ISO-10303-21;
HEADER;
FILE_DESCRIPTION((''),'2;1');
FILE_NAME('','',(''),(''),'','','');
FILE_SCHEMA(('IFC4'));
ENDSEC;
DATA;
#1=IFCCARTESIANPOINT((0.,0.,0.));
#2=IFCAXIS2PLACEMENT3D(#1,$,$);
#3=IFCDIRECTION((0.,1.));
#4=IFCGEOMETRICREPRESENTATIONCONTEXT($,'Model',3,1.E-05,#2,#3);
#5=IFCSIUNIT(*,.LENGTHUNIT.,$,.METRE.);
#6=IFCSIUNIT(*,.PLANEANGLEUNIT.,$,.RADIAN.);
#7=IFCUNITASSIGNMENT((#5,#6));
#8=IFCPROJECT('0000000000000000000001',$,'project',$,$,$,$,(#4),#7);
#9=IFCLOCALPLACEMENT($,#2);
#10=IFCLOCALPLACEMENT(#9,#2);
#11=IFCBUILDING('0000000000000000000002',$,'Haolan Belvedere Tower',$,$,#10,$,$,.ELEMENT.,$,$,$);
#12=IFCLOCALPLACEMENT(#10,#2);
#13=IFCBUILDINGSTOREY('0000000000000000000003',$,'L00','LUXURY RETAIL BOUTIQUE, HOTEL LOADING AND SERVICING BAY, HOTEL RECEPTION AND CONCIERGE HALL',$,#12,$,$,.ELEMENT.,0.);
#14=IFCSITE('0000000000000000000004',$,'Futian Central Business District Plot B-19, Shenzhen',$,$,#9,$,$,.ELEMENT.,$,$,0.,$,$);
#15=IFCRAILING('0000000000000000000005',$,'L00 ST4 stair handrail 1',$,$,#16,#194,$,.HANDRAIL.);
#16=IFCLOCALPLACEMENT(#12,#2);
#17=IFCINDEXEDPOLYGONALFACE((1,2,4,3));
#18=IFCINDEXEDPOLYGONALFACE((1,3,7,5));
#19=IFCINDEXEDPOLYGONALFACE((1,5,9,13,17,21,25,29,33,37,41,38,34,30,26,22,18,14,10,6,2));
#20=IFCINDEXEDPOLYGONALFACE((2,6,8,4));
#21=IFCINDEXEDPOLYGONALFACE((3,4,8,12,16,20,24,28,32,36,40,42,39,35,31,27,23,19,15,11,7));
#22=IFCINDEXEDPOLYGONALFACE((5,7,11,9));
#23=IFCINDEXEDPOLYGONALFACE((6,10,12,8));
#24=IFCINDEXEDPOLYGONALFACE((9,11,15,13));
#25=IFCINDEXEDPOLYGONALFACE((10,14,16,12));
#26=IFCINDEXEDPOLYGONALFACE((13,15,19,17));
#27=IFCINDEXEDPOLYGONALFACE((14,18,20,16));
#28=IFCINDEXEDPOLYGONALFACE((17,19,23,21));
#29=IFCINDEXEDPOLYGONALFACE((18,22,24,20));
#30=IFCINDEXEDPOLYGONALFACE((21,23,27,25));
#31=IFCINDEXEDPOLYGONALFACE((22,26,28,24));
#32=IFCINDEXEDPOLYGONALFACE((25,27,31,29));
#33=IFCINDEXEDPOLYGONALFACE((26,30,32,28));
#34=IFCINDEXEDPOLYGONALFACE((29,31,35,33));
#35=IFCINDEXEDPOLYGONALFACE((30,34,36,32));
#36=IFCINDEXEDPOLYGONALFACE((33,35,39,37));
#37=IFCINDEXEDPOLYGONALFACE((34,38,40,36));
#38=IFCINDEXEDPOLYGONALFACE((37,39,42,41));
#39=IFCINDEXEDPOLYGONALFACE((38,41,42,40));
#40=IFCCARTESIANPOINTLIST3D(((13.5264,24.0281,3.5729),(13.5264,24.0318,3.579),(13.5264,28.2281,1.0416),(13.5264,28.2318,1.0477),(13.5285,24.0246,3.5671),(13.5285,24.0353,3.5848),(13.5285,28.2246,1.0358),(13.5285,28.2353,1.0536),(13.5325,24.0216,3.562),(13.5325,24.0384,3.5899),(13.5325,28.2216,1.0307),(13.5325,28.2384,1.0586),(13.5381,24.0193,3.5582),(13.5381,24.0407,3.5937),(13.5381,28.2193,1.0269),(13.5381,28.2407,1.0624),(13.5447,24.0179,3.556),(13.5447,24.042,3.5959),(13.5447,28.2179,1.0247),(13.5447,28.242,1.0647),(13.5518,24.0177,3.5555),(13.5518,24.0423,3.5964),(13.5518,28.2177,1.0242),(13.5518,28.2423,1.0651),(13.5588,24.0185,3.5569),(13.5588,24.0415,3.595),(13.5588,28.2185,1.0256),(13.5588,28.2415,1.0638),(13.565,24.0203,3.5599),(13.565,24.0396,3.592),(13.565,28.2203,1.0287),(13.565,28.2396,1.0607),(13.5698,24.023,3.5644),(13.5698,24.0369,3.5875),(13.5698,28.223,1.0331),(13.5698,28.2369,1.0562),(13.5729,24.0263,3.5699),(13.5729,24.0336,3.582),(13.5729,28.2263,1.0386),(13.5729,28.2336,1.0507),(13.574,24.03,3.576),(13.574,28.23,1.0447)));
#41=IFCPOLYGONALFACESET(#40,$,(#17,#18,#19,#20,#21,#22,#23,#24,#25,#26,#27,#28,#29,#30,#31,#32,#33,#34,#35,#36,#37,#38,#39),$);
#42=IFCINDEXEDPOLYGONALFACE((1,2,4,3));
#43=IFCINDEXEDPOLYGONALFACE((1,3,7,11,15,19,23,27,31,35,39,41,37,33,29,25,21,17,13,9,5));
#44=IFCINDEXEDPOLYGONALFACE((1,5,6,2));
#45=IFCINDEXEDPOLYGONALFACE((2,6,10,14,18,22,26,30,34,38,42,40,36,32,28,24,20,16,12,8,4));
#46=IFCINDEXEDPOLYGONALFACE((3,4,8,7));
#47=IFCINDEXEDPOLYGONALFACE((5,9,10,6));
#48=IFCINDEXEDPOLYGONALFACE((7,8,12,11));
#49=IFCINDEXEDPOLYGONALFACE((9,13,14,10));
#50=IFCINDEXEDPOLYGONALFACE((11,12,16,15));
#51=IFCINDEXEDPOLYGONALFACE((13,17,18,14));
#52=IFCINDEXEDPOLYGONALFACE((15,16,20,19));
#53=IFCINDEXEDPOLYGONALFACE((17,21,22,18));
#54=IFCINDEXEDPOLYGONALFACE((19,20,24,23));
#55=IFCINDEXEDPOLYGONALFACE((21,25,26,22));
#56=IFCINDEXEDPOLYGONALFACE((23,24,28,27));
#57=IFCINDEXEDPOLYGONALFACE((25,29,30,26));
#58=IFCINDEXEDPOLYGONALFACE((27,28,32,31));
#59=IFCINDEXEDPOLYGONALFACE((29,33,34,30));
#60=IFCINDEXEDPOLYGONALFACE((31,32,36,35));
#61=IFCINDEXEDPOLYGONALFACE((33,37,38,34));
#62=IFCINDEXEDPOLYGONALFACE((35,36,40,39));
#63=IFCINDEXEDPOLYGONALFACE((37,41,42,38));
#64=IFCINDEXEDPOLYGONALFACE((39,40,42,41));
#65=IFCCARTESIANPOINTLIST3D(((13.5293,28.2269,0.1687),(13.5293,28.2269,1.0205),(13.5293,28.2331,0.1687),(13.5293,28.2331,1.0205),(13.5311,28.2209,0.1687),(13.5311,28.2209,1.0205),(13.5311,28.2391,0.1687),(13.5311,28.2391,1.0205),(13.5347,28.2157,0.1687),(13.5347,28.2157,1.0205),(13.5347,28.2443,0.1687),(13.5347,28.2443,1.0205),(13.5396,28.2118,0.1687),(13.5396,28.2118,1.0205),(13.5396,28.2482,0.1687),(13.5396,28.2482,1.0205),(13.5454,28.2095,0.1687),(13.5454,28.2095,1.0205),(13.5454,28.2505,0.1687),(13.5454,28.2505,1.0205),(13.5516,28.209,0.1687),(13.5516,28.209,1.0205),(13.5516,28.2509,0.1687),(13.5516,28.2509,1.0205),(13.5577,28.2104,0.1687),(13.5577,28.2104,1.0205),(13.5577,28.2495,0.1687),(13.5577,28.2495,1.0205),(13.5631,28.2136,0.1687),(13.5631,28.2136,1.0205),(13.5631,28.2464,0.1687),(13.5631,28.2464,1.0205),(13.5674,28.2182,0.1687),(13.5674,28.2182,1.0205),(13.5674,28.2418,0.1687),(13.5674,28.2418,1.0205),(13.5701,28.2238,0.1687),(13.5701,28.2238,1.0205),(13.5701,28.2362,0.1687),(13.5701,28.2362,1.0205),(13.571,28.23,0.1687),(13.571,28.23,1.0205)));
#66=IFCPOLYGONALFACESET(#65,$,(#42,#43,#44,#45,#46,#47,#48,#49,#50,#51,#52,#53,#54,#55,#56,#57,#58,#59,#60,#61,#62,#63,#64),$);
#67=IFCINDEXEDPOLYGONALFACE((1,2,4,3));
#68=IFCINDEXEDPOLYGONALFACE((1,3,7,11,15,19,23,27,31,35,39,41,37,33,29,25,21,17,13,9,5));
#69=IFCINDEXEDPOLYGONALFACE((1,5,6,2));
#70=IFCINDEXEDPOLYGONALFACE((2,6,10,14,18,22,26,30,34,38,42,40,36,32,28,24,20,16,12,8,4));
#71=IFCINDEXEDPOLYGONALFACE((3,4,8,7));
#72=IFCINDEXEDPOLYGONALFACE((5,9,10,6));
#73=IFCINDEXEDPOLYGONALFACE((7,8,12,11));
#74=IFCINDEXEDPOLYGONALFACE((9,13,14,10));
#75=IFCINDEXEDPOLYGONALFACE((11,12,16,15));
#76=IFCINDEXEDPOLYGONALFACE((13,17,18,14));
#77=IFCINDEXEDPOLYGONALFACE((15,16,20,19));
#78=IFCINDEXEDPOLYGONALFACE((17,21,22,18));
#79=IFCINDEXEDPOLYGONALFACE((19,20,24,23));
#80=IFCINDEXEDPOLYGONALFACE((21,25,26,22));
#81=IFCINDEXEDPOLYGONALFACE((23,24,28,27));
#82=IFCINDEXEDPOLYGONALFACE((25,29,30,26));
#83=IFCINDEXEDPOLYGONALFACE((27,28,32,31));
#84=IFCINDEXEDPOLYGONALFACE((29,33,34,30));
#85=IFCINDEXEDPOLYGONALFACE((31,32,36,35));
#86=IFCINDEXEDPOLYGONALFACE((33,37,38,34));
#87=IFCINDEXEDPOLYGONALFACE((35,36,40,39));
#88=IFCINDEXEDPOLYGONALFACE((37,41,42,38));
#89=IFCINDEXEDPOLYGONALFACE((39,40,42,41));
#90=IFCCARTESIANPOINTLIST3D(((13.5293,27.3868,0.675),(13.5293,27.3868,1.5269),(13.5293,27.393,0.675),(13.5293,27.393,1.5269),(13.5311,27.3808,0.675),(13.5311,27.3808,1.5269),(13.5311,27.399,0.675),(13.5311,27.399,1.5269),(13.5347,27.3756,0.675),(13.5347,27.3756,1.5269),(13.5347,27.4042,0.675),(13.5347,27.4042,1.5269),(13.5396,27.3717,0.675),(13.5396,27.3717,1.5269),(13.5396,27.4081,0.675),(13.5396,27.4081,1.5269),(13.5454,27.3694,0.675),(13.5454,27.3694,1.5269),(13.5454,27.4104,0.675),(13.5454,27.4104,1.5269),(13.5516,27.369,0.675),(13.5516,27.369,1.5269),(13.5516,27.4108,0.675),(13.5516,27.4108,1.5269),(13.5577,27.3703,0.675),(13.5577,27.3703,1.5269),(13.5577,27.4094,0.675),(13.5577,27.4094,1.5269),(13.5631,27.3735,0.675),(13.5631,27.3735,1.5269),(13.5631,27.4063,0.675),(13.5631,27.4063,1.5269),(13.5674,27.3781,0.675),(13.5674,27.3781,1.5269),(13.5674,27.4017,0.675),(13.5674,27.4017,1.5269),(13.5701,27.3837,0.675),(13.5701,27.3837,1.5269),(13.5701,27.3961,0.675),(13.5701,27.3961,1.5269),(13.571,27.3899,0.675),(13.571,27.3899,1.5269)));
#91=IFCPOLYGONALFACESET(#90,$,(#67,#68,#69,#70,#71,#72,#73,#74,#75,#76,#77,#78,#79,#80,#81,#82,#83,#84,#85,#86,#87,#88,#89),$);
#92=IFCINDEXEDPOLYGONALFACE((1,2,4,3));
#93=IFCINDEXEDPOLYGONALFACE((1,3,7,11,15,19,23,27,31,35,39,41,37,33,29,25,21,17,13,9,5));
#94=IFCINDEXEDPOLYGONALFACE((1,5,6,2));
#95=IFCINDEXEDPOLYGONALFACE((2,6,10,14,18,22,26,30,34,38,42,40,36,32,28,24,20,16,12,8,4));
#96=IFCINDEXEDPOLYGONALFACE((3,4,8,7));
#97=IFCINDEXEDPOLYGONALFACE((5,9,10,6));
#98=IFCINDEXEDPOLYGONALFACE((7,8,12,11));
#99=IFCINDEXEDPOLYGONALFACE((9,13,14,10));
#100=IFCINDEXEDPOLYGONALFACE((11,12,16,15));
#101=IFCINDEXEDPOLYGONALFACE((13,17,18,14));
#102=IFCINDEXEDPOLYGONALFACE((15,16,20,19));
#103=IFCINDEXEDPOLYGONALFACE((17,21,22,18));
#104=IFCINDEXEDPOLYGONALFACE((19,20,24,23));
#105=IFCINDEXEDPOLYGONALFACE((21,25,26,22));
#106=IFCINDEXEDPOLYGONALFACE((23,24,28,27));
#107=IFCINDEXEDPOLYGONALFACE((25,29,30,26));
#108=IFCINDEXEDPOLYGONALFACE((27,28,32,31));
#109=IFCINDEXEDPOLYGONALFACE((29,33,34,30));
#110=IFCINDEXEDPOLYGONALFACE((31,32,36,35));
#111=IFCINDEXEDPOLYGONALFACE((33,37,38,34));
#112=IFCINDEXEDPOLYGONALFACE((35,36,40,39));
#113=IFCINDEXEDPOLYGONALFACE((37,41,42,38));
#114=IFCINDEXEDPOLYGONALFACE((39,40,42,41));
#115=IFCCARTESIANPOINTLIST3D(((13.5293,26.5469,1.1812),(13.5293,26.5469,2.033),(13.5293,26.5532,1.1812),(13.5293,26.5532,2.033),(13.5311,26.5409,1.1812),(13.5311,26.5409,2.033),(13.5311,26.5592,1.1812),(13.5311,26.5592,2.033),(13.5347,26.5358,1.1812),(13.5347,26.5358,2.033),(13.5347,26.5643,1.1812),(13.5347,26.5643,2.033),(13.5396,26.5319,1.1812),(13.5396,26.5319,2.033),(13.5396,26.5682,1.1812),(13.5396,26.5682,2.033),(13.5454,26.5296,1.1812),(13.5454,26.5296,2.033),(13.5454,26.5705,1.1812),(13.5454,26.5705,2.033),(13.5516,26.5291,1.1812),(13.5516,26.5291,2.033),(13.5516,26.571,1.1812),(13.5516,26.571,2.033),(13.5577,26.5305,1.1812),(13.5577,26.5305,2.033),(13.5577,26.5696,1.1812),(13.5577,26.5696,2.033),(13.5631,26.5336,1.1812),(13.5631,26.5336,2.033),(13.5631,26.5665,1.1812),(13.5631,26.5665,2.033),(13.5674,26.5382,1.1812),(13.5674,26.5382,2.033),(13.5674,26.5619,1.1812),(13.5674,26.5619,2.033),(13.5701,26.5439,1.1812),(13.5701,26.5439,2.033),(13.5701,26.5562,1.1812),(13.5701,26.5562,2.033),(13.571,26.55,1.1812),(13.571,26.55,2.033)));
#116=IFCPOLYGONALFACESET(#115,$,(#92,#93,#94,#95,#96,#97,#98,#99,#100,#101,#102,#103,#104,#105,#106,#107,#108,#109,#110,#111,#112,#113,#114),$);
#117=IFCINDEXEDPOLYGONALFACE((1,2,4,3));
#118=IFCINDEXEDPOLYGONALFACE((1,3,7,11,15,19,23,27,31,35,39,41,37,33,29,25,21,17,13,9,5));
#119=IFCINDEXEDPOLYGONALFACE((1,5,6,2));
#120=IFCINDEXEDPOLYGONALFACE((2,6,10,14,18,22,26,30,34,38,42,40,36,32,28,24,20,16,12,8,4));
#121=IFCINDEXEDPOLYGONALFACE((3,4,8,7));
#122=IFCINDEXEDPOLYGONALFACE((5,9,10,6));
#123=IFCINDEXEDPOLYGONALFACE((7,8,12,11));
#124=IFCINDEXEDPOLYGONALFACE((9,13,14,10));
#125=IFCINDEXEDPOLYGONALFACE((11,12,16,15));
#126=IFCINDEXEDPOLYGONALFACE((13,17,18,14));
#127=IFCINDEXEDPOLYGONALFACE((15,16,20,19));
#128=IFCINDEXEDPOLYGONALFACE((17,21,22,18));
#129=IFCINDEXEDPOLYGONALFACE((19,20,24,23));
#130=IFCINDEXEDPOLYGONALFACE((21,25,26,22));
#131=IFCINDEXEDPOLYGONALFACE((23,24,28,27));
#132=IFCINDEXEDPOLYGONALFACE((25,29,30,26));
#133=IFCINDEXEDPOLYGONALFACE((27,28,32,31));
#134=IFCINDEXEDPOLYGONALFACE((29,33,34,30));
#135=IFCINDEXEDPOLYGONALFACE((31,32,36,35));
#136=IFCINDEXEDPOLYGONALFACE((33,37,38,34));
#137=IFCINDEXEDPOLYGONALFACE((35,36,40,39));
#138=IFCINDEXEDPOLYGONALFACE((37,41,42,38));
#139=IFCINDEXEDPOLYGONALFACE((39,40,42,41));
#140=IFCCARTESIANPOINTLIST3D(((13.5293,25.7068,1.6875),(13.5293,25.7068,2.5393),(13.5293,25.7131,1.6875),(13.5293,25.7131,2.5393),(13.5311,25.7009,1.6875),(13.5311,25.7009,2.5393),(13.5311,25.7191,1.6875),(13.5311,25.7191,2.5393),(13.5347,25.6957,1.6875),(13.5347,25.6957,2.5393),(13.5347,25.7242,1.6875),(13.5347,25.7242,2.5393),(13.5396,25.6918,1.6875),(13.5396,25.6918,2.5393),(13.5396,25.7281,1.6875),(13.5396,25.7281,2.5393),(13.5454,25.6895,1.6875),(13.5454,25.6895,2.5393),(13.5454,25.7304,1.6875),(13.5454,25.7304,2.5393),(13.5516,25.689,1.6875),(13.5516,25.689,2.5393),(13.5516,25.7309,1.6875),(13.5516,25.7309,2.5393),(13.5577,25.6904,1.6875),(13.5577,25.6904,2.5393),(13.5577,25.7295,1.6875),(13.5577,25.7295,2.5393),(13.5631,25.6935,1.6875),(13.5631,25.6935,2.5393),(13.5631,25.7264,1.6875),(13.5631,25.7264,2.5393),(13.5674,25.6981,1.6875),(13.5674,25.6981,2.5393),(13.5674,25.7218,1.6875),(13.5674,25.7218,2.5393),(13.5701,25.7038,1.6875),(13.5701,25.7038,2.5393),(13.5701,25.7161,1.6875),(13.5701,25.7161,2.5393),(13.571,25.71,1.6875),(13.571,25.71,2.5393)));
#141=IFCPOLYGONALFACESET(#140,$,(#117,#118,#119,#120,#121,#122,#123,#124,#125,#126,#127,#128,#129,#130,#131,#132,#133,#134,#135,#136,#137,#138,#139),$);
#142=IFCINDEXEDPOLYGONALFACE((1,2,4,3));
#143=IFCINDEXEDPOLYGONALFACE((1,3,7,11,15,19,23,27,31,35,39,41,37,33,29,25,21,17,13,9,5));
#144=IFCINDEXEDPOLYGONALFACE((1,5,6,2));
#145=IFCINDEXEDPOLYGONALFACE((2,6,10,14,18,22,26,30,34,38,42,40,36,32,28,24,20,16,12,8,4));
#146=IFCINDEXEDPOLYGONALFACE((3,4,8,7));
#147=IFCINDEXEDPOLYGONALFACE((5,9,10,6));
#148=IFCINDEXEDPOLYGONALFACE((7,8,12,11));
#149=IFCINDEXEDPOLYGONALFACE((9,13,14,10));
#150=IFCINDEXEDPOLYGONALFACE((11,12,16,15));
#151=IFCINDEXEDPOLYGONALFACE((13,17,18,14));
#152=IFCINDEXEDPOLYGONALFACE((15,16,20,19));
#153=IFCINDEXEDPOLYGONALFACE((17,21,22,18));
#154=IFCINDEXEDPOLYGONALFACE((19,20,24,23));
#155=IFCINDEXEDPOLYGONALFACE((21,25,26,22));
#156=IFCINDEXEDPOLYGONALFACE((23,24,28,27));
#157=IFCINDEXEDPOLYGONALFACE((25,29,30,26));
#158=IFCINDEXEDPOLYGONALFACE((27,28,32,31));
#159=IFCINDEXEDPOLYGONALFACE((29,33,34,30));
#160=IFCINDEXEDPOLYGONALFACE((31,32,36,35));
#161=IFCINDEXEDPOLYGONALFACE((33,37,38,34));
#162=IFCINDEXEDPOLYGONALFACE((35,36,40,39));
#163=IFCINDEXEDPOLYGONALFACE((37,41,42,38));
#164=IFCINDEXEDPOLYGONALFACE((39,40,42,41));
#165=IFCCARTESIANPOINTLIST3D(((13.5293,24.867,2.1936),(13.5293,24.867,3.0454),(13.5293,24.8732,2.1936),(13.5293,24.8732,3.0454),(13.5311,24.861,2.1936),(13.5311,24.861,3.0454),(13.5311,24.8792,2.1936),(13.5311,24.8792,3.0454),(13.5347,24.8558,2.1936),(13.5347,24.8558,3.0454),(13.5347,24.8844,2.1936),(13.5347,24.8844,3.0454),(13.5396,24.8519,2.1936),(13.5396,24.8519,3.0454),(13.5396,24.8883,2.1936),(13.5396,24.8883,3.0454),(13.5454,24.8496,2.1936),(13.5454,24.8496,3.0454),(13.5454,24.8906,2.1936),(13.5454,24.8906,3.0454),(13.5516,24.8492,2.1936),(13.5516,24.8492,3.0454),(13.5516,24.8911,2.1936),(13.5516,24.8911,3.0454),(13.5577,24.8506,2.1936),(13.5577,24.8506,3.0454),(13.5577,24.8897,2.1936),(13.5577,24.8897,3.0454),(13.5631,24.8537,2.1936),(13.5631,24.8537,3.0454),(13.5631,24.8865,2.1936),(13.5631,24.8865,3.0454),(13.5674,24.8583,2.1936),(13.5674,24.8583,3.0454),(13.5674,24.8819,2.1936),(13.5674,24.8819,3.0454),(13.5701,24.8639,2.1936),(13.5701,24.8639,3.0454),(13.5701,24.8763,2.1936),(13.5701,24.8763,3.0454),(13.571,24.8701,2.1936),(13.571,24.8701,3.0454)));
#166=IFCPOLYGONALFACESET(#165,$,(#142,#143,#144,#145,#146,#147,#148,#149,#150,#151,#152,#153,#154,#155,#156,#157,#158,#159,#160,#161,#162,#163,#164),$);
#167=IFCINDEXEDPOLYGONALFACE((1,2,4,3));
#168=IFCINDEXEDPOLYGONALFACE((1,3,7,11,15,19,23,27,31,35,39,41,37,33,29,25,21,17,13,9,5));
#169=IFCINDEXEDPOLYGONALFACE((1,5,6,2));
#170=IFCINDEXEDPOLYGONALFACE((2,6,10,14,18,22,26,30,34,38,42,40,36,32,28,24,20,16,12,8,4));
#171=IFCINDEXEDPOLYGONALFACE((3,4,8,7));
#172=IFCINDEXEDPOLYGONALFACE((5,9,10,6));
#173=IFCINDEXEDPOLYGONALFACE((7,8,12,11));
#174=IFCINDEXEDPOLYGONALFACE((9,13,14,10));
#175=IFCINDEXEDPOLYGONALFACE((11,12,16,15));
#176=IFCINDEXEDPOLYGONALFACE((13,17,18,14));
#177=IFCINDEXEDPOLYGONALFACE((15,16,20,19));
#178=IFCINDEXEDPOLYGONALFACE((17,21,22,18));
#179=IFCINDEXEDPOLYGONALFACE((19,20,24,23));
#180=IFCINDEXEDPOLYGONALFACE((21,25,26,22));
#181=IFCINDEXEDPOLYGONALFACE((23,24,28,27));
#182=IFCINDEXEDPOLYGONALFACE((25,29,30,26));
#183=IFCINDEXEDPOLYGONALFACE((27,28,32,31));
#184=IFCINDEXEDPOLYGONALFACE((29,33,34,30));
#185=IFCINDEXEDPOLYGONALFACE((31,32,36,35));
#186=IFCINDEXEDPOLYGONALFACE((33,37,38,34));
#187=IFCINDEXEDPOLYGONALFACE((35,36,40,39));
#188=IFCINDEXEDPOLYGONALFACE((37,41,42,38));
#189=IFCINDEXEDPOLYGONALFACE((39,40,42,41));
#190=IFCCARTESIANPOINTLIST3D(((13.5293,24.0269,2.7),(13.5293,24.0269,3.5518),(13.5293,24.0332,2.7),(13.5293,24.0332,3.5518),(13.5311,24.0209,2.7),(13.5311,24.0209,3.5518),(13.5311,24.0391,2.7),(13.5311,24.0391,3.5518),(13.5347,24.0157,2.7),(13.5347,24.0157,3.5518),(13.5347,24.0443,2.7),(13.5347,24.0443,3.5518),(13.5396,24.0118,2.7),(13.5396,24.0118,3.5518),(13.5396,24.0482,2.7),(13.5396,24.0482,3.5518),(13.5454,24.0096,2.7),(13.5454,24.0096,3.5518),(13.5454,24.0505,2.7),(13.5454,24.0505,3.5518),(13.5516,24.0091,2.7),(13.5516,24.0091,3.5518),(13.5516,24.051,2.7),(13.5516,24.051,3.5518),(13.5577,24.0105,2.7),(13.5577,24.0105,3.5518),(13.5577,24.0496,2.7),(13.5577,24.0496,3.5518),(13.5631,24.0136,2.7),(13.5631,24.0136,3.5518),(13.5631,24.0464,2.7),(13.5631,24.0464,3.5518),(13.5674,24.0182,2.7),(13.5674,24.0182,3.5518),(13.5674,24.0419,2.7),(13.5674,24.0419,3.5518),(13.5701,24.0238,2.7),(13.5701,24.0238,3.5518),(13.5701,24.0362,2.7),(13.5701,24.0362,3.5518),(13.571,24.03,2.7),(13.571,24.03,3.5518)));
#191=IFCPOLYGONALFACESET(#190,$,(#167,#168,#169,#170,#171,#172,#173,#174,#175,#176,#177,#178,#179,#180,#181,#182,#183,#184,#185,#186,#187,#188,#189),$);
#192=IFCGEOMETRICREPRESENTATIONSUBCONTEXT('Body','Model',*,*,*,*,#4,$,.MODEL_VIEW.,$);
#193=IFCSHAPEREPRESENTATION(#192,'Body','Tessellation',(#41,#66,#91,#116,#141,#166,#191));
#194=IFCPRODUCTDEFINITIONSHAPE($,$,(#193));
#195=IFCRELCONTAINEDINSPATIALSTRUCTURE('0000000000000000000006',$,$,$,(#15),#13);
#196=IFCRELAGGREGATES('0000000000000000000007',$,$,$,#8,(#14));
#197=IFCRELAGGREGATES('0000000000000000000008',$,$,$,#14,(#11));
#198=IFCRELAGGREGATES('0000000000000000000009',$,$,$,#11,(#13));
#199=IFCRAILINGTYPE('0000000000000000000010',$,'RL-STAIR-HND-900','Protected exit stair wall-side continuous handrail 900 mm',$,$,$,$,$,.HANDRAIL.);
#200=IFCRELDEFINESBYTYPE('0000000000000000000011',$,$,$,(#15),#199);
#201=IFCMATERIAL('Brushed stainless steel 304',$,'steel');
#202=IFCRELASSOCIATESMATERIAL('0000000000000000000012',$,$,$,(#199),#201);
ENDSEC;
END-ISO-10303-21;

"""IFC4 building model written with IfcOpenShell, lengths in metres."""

from ifc_helpers import new_model, si_unit, direction, frame, origin, origin_2d, place, context, subcontext, project, spatial, circle, extrude, material, type_object, element, save


model = new_model("IFC4")

# Units and contexts
model_context = context("Model", 3, precision=1e-05, world=origin(), true_north=direction((0.0, 1.0)))
body_context = subcontext(model_context, "Body", "Model", "MODEL_VIEW")
ifc_project = project(units=[si_unit("LENGTHUNIT", "METRE"), si_unit("PLANEANGLEUNIT", "RADIAN")], contexts=[model_context])

# Site, building, storey
site_placement = place(None, origin())
site = spatial("IfcSite", under=ifc_project, at=site_placement, Name="Futian Central Business District Plot B-19, Shenzhen", CompositionType="ELEMENT", RefElevation=0.0)
building_placement = place(site_placement, origin())
building = spatial("IfcBuilding", under=site, at=building_placement, Name="Haolan Belvedere Tower", CompositionType="ELEMENT")
storey_placement = place(building_placement, origin())
storey = spatial("IfcBuildingStorey", under=building, at=storey_placement, Name="L00", Description="LUXURY RETAIL BOUTIQUE, HOTEL LOADING AND SERVICING BAY, HOTEL RECEPTION AND CONCIERGE HALL", CompositionType="ELEMENT", Elevation=0.0)

# Railing
ifc_material_1 = material(Name="Brushed stainless steel 304", Category="steel")
railing_type_1 = type_object("IfcRailingType", Name="RL-STAIR-HND-900", Description="Protected exit stair wall-side continuous handrail 900 mm", PredefinedType="HANDRAIL", material=ifc_material_1)
railing_1_placement = place(storey_placement, frame((13.55, 28.23, 0.1687)))
element("IfcRailing", 1, at=railing_1_placement, inside=storey, type_object=railing_type_1, Name="L00 ST4 stair handrail 1", PredefinedType="HANDRAIL", context=body_context, shape_type="SweptSolid", body=[
    extrude(circle(Radius=0.0239, at=origin_2d()), frame((0.0, 0.0, 0.876), z_axis=(0.0, -0.856476, 0.516186), x_axis=(1.0, 0.0, 0.0)), (0.0, 0.0, 1.0), 4.9038),
    extrude(circle(Radius=0.021, at=origin_2d()), origin(), (0.0, 0.0, 1.0), 0.8518),
    extrude(circle(Radius=0.021, at=origin_2d()), frame((0.0, -0.8401, 0.5063)), (0.0, 0.0, 1.0), 0.8518),
    extrude(circle(Radius=0.021, at=origin_2d()), frame((0.0, -1.6799, 1.0125)), (0.0, 0.0, 1.0), 0.8518),
    extrude(circle(Radius=0.021, at=origin_2d()), frame((0.0, -2.52, 1.5188)), (0.0, 0.0, 1.0), 0.8518),
    extrude(circle(Radius=0.021, at=origin_2d()), frame((0.0, -3.3599, 2.0249)), (0.0, 0.0, 1.0), 0.8518),
    extrude(circle(Radius=0.021, at=origin_2d()), frame((0.0, -4.2, 2.5312)), (0.0, 0.0, 1.0), 0.8518),
])

save(model, "model.ifc")
